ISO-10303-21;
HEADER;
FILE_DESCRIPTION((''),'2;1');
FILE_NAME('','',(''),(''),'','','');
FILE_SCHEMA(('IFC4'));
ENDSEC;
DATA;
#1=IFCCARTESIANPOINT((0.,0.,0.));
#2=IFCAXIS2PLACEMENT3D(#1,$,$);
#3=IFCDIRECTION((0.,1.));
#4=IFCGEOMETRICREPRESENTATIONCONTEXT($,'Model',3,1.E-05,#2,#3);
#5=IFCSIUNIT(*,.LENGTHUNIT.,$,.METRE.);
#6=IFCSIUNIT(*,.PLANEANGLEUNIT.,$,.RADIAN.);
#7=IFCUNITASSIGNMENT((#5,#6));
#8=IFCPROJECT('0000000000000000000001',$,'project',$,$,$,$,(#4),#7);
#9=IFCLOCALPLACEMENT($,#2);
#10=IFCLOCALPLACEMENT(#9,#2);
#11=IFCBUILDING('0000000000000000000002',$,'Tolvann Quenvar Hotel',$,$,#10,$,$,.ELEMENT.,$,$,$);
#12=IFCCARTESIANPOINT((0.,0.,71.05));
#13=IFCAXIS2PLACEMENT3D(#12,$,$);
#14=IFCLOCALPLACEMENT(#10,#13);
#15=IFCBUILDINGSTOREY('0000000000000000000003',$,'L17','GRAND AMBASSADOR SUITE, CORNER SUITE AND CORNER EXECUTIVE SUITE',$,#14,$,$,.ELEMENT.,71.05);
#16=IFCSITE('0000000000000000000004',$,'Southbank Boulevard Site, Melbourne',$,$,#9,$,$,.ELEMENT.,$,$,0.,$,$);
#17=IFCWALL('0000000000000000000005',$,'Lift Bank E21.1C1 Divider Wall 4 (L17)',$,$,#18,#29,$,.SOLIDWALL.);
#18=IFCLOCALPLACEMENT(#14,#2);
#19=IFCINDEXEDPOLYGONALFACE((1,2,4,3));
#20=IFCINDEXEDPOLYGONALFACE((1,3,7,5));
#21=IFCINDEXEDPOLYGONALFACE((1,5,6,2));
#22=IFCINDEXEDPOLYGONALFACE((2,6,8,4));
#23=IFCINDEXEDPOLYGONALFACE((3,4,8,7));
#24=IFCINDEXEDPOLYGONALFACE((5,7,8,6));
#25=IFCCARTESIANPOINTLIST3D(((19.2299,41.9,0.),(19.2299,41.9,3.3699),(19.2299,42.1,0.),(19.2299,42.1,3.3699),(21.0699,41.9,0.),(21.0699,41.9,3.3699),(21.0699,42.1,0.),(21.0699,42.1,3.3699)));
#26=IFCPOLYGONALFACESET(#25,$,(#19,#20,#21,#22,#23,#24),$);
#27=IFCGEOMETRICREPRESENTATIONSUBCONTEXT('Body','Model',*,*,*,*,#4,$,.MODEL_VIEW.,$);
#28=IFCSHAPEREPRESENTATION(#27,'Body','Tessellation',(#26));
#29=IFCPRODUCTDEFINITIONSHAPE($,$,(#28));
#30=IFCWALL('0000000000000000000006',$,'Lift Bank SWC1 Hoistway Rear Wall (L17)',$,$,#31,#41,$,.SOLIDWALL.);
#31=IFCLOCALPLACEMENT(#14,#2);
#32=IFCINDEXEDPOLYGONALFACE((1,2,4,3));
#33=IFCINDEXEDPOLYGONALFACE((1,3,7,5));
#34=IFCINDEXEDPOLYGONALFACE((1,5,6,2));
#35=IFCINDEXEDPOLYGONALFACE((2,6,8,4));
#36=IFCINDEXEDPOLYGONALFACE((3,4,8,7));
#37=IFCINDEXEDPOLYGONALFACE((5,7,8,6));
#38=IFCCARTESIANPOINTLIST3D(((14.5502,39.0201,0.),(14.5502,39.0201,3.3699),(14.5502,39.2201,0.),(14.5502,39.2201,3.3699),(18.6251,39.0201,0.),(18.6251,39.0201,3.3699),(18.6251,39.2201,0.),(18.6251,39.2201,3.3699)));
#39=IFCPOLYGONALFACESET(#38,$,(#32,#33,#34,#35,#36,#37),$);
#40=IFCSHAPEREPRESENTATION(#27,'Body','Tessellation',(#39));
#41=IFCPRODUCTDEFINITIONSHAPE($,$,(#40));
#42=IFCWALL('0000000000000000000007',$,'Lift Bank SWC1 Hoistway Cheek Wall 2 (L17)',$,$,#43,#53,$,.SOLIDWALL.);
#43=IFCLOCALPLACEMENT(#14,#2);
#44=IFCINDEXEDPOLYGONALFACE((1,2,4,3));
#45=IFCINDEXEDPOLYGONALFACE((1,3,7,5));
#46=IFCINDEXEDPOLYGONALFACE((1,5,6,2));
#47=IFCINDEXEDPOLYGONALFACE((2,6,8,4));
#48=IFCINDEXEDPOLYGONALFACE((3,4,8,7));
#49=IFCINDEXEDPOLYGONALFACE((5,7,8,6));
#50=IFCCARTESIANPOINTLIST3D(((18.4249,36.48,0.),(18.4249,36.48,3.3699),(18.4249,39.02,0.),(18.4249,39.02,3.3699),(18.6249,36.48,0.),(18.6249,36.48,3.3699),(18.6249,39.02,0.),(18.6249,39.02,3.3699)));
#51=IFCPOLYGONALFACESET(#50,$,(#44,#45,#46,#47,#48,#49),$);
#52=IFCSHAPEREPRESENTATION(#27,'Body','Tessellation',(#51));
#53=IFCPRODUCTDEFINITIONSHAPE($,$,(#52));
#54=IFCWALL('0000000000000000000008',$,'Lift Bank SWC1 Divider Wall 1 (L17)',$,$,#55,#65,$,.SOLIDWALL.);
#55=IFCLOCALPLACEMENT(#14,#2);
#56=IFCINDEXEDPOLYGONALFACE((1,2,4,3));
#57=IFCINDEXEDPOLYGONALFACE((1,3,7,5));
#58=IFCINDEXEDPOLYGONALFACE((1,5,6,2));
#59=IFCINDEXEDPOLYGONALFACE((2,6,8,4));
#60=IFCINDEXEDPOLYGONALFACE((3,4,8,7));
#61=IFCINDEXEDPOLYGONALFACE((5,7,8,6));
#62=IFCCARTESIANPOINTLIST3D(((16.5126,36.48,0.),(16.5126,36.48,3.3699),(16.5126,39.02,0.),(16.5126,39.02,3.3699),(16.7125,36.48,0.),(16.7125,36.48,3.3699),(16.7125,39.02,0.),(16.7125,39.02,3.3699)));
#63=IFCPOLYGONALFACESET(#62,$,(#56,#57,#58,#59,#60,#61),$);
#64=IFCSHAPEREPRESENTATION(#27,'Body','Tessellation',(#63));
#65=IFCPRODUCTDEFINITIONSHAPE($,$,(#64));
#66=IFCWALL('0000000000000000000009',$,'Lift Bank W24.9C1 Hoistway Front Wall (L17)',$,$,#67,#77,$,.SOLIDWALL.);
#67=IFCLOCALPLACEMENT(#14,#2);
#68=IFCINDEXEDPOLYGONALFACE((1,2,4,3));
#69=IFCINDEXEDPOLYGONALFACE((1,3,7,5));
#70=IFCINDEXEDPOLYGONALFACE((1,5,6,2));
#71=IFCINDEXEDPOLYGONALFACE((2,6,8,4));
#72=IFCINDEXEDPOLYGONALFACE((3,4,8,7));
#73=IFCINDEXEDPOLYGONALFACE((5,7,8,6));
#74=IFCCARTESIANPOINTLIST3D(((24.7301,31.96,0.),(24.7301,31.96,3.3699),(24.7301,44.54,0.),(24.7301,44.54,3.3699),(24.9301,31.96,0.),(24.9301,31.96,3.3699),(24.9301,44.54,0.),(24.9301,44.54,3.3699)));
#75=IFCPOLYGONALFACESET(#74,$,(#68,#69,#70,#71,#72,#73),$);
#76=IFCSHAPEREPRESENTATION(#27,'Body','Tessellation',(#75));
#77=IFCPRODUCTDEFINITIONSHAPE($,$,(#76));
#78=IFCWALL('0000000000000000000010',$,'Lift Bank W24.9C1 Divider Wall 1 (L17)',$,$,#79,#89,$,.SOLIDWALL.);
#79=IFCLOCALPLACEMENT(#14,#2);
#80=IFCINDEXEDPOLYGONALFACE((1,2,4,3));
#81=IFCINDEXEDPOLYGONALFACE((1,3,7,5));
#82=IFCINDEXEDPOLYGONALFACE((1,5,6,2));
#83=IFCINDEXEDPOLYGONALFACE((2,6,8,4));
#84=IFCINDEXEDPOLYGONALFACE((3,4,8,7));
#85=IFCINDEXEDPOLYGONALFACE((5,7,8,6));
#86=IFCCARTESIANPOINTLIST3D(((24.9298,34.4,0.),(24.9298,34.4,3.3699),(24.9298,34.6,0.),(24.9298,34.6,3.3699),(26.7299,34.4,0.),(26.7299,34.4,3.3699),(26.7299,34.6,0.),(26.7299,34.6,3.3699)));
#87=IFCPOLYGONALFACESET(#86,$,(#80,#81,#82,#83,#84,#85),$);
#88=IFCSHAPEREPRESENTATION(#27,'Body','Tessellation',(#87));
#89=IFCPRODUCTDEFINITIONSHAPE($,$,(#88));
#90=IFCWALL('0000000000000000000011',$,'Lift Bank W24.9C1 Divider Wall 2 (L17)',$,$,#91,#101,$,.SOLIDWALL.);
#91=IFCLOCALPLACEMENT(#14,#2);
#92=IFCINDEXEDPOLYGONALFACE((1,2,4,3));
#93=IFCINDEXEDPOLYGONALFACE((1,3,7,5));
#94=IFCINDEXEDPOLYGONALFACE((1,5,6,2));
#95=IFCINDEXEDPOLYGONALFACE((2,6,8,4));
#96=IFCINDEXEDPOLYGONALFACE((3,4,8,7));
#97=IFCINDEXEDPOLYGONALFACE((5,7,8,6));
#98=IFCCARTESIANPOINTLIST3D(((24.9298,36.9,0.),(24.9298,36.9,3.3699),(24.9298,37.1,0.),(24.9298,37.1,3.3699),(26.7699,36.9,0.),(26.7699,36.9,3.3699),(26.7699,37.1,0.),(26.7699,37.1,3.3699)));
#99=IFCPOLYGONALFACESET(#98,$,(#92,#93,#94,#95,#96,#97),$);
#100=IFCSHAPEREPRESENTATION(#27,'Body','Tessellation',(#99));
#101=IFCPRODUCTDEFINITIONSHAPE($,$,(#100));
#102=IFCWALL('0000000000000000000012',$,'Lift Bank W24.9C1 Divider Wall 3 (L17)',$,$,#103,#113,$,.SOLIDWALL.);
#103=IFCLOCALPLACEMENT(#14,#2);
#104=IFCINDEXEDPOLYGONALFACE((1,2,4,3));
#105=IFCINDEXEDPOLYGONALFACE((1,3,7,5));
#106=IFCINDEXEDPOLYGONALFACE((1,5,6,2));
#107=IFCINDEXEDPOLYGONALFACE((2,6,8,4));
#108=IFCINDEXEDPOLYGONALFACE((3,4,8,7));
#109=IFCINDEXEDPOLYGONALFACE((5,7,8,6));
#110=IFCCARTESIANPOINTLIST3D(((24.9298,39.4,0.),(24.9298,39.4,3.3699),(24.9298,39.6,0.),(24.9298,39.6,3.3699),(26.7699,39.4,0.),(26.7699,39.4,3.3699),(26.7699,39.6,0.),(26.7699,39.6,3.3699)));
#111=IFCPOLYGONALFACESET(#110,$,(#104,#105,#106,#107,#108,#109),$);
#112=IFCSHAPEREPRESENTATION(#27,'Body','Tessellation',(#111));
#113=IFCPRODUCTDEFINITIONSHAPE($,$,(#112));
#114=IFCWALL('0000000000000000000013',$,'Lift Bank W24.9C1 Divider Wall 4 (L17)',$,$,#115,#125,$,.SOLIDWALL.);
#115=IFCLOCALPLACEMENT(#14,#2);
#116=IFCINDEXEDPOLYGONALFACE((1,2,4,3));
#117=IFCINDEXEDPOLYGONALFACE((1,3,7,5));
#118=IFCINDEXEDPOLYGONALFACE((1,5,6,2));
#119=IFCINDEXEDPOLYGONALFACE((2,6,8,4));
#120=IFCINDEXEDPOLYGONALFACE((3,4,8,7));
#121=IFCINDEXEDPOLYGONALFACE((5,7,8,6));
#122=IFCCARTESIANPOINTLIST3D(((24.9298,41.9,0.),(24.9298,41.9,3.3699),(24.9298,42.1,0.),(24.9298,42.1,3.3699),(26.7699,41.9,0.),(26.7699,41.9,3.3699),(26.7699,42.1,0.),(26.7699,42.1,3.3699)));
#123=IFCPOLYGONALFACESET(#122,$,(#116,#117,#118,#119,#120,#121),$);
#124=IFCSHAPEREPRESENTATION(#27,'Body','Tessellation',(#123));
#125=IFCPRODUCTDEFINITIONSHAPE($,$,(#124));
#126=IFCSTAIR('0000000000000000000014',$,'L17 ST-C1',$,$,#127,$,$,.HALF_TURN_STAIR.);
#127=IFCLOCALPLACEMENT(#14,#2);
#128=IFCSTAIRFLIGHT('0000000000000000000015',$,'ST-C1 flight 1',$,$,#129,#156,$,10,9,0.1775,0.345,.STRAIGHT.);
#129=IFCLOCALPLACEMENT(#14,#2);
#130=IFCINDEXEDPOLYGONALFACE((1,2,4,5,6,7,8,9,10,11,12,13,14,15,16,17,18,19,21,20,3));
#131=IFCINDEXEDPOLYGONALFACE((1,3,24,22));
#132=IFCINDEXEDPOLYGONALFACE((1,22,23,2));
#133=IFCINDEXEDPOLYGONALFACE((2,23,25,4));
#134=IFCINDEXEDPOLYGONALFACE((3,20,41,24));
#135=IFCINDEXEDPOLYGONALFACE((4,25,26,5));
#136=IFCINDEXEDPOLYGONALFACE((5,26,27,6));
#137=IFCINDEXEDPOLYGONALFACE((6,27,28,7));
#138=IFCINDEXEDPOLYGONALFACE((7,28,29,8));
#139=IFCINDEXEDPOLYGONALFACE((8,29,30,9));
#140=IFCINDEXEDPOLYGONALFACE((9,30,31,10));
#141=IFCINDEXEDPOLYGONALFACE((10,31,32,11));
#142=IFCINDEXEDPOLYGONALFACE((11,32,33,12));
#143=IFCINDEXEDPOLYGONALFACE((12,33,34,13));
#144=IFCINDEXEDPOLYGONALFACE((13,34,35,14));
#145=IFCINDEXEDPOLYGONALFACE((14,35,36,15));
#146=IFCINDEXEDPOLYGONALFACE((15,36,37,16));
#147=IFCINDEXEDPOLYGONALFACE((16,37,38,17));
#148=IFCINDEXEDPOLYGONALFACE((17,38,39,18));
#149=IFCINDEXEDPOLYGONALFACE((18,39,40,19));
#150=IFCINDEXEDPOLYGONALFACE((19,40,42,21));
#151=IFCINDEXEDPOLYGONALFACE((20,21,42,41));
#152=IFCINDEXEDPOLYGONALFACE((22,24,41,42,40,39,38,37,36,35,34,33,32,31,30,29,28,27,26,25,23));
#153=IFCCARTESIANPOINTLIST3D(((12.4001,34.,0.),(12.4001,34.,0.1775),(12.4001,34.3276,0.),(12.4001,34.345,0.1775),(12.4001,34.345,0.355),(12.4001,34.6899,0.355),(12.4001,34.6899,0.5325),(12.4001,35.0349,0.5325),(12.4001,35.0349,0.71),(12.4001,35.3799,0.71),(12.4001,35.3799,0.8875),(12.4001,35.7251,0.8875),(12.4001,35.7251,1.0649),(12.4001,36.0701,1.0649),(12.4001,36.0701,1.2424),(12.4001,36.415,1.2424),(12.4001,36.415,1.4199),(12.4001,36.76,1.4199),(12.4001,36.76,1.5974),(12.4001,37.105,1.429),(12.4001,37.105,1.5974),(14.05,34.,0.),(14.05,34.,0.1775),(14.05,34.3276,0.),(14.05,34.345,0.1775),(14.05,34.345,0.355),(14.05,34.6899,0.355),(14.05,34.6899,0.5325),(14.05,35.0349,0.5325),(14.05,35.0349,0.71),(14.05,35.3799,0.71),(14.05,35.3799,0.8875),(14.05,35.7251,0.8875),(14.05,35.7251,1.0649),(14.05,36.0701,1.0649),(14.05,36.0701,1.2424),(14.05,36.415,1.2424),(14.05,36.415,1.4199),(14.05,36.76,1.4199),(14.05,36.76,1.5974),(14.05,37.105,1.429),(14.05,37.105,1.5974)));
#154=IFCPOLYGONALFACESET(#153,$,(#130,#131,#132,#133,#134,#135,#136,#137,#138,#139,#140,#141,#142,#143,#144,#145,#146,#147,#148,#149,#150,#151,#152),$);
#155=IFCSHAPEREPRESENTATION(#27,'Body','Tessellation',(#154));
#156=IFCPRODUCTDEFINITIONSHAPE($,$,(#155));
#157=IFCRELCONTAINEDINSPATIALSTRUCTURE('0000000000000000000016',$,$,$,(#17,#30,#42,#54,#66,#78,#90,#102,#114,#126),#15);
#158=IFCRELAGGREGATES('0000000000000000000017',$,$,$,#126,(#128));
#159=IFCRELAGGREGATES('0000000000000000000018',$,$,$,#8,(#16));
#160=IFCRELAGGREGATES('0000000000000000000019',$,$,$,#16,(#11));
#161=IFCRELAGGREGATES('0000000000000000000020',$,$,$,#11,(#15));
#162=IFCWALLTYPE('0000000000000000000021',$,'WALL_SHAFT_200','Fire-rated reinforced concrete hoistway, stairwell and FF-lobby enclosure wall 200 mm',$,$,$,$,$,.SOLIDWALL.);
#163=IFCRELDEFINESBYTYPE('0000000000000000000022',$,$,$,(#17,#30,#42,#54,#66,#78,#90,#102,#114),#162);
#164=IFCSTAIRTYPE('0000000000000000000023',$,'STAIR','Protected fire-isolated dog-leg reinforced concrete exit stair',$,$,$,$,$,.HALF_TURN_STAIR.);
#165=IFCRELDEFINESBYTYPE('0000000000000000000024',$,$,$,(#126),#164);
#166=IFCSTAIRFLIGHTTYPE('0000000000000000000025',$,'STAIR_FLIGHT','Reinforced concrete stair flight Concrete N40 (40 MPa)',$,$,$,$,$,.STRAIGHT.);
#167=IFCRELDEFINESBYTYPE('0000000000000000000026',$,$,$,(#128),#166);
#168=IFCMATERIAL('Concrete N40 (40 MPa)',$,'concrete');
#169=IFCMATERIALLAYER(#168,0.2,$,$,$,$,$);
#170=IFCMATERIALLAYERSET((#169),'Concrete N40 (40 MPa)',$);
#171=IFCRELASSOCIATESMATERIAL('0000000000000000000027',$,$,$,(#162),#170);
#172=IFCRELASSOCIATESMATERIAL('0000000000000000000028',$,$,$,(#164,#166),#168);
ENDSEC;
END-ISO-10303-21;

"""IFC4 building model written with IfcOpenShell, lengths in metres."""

from ifc_helpers import new_model, si_unit, direction, frame, frame_2d, origin, place, context, subcontext, project, spatial, polyline, rectangle, outline, extrude, material, layer, layer_set, type_object, element, aggregate, save


model = new_model("IFC4")

# Units and contexts
model_context = context("Model", 3, precision=1e-05, world=origin(), true_north=direction((0.0, 1.0)))
body_context = subcontext(model_context, "Body", "Model", "MODEL_VIEW")
ifc_project = project(units=[si_unit("LENGTHUNIT", "METRE"), si_unit("PLANEANGLEUNIT", "RADIAN")], contexts=[model_context])

# Site, building, storey
site_placement = place(None, origin())
site = spatial("IfcSite", under=ifc_project, at=site_placement, Name="Southbank Boulevard Site, Melbourne", CompositionType="ELEMENT", RefElevation=0.0)
building_placement = place(site_placement, origin())
building = spatial("IfcBuilding", under=site, at=building_placement, Name="Tolvann Quenvar Hotel", CompositionType="ELEMENT")
storey_placement = place(building_placement, frame((0.0, 0.0, 71.05)))
storey = spatial("IfcBuildingStorey", under=building, at=storey_placement, Name="L17", Description="GRAND AMBASSADOR SUITE, CORNER SUITE AND CORNER EXECUTIVE SUITE", CompositionType="ELEMENT", Elevation=71.05)

# Wall
ifc_material_1 = material(Name="Concrete N40 (40 MPa)", Category="concrete")
ifc_layer_1 = layer(ifc_material_1, 0.2)
ifc_layer_set_1 = layer_set([ifc_layer_1], Name="Concrete N40 (40 MPa)")
wall_type_1 = type_object("IfcWallType", Name="WALL_SHAFT_200", Description="Fire-rated reinforced concrete hoistway, stairwell and FF-lobby enclosure wall 200 mm", PredefinedType="SOLIDWALL", material=ifc_layer_set_1)
for number, where, z_axis, x_axis, name in (
    (1, (19.23, 42.0, 0.0), (0.0, 0.0, 1.0), (1.0, 0.0, 0.0), "Lift Bank E21.1C1 Divider Wall 4 (L17)"),
):
    element("IfcWall", number, at=place(storey_placement, frame(where, z_axis=z_axis, x_axis=x_axis)), inside=storey, type_object=wall_type_1, Name=name, PredefinedType="SOLIDWALL", context=body_context, shape_type="SweptSolid", body=[
        extrude(rectangle(XDim=1.8401, YDim=0.2, at=frame_2d((0.9199, 0.0))), origin(), (0.0, 0.0, 1.0), 3.3699),
    ])

# Walls
wall_1_placement = place(storey_placement, frame((14.55, 39.1201, 0.0), z_axis=(0.0, 0.0, 1.0), x_axis=(1.0, 0.0, 0.0)))
element("IfcWall", 2, at=wall_1_placement, inside=storey, type_object=wall_type_1, Name="Lift Bank SWC1 Hoistway Rear Wall (L17)", PredefinedType="SOLIDWALL", context=body_context, shape_type="SweptSolid", body=[
    extrude(rectangle(XDim=4.075, YDim=0.2, at=frame_2d((2.0376, 0.0))), origin(), (0.0, 0.0, 1.0), 3.3699),
])
for number, where, z_axis, x_axis, name in (
    (3, (18.5249, 36.48, 0.0), (0.0, 0.0, 1.0), (0.0, 1.0, 0.0), "Lift Bank SWC1 Hoistway Cheek Wall 2 (L17)"),
    (4, (16.6125, 36.48, 0.0), (0.0, 0.0, 1.0), (0.0, 1.0, 0.0), "Lift Bank SWC1 Divider Wall 1 (L17)"),
):
    element("IfcWall", number, at=place(storey_placement, frame(where, z_axis=z_axis, x_axis=x_axis)), inside=storey, type_object=wall_type_1, Name=name, PredefinedType="SOLIDWALL", context=body_context, shape_type="SweptSolid", body=[
        extrude(rectangle(XDim=2.54, YDim=0.2, at=frame_2d((1.27, 0.0))), origin(), (0.0, 0.0, 1.0), 3.3699),
    ])
wall_2_placement = place(storey_placement, frame((24.8301, 31.96, 0.0), z_axis=(0.0, 0.0, 1.0), x_axis=(0.0, 1.0, 0.0)))
element("IfcWall", 5, at=wall_2_placement, inside=storey, type_object=wall_type_1, Name="Lift Bank W24.9C1 Hoistway Front Wall (L17)", PredefinedType="SOLIDWALL", context=body_context, shape_type="SweptSolid", body=[
    extrude(rectangle(XDim=12.5801, YDim=0.2, at=frame_2d((6.29, 0.0))), origin(), (0.0, 0.0, 1.0), 3.3699),
])
wall_3_placement = place(storey_placement, frame((24.9299, 34.5, 0.0), z_axis=(0.0, 0.0, 1.0), x_axis=(1.0, 0.0, 0.0)))
element("IfcWall", 6, at=wall_3_placement, inside=storey, type_object=wall_type_1, Name="Lift Bank W24.9C1 Divider Wall 1 (L17)", PredefinedType="SOLIDWALL", context=body_context, shape_type="SweptSolid", body=[
    extrude(rectangle(XDim=1.8, YDim=0.2, at=frame_2d((0.8999, 0.0))), origin(), (0.0, 0.0, 1.0), 3.3699),
])
for number, where, z_axis, x_axis, name in (
    (7, (24.9299, 37.0, 0.0), (0.0, 0.0, 1.0), (1.0, 0.0, 0.0), "Lift Bank W24.9C1 Divider Wall 2 (L17)"),
    (8, (24.9299, 39.5, 0.0), (0.0, 0.0, 1.0), (1.0, 0.0, 0.0), "Lift Bank W24.9C1 Divider Wall 3 (L17)"),
    (9, (24.9299, 42.0, 0.0), (0.0, 0.0, 1.0), (1.0, 0.0, 0.0), "Lift Bank W24.9C1 Divider Wall 4 (L17)"),
):
    element("IfcWall", number, at=place(storey_placement, frame(where, z_axis=z_axis, x_axis=x_axis)), inside=storey, type_object=wall_type_1, Name=name, PredefinedType="SOLIDWALL", context=body_context, shape_type="SweptSolid", body=[
        extrude(rectangle(XDim=1.8401, YDim=0.2, at=frame_2d((0.9199, 0.0))), origin(), (0.0, 0.0, 1.0), 3.3699),
    ])

# Stair, stair flight
stair_type = type_object("IfcStairType", Name="STAIR", Description="Protected fire-isolated dog-leg reinforced concrete exit stair", PredefinedType="HALF_TURN_STAIR", material=ifc_material_1)
stair_placement = place(storey_placement, origin())
stair = element("IfcStair", 10, at=stair_placement, inside=storey, type_object=stair_type, Name="L17 ST-C1", PredefinedType="HALF_TURN_STAIR")
stair_flight_type = type_object("IfcStairFlightType", Name="STAIR_FLIGHT", Description="Reinforced concrete stair flight Concrete N40 (40 MPa)", PredefinedType="STRAIGHT", material=ifc_material_1)
stair_flight_placement = place(storey_placement, frame((13.2251, 34.0, 0.0), z_axis=(0.0, 0.0, 1.0), x_axis=(0.0, 1.0, 0.0)))
stair_flight = element("IfcStairFlight", 11, at=stair_flight_placement, type_object=stair_flight_type, Name="ST-C1 flight 1", NumberOfRisers=10, NumberOfTreads=9, PredefinedType="STRAIGHT", RiserHeight=0.1775, TreadLength=0.345, context=body_context, shape_type="SweptSolid", body=[
    extrude(outline(polyline([(0.0, 0.0), (0.0, 0.1775), (0.345, 0.1775), (0.345, 0.355), (0.6899, 0.355), (0.6899, 0.5325), (1.0349, 0.5325), (1.0349, 0.71), (1.3799, 0.71), (1.3799, 0.8875), (1.7251, 0.8875), (1.7251, 1.0649), (2.0701, 1.0649), (2.0701, 1.2424), (2.415, 1.2424), (2.415, 1.4199), (2.76, 1.4199), (2.76, 1.5974), (3.105, 1.5974), (3.105, 1.7749), (3.105, 1.429), (0.3276, 0.0), (0.0, 0.0)])), frame((0.0, 0.825, 0.0), z_axis=(0.0, -1.0, 0.0), x_axis=(1.0, 0.0, 0.0)), (0.0, 0.0, 1.0), 1.6499),
])
aggregate(stair, [stair_flight])

save(model, "model.ifc")
